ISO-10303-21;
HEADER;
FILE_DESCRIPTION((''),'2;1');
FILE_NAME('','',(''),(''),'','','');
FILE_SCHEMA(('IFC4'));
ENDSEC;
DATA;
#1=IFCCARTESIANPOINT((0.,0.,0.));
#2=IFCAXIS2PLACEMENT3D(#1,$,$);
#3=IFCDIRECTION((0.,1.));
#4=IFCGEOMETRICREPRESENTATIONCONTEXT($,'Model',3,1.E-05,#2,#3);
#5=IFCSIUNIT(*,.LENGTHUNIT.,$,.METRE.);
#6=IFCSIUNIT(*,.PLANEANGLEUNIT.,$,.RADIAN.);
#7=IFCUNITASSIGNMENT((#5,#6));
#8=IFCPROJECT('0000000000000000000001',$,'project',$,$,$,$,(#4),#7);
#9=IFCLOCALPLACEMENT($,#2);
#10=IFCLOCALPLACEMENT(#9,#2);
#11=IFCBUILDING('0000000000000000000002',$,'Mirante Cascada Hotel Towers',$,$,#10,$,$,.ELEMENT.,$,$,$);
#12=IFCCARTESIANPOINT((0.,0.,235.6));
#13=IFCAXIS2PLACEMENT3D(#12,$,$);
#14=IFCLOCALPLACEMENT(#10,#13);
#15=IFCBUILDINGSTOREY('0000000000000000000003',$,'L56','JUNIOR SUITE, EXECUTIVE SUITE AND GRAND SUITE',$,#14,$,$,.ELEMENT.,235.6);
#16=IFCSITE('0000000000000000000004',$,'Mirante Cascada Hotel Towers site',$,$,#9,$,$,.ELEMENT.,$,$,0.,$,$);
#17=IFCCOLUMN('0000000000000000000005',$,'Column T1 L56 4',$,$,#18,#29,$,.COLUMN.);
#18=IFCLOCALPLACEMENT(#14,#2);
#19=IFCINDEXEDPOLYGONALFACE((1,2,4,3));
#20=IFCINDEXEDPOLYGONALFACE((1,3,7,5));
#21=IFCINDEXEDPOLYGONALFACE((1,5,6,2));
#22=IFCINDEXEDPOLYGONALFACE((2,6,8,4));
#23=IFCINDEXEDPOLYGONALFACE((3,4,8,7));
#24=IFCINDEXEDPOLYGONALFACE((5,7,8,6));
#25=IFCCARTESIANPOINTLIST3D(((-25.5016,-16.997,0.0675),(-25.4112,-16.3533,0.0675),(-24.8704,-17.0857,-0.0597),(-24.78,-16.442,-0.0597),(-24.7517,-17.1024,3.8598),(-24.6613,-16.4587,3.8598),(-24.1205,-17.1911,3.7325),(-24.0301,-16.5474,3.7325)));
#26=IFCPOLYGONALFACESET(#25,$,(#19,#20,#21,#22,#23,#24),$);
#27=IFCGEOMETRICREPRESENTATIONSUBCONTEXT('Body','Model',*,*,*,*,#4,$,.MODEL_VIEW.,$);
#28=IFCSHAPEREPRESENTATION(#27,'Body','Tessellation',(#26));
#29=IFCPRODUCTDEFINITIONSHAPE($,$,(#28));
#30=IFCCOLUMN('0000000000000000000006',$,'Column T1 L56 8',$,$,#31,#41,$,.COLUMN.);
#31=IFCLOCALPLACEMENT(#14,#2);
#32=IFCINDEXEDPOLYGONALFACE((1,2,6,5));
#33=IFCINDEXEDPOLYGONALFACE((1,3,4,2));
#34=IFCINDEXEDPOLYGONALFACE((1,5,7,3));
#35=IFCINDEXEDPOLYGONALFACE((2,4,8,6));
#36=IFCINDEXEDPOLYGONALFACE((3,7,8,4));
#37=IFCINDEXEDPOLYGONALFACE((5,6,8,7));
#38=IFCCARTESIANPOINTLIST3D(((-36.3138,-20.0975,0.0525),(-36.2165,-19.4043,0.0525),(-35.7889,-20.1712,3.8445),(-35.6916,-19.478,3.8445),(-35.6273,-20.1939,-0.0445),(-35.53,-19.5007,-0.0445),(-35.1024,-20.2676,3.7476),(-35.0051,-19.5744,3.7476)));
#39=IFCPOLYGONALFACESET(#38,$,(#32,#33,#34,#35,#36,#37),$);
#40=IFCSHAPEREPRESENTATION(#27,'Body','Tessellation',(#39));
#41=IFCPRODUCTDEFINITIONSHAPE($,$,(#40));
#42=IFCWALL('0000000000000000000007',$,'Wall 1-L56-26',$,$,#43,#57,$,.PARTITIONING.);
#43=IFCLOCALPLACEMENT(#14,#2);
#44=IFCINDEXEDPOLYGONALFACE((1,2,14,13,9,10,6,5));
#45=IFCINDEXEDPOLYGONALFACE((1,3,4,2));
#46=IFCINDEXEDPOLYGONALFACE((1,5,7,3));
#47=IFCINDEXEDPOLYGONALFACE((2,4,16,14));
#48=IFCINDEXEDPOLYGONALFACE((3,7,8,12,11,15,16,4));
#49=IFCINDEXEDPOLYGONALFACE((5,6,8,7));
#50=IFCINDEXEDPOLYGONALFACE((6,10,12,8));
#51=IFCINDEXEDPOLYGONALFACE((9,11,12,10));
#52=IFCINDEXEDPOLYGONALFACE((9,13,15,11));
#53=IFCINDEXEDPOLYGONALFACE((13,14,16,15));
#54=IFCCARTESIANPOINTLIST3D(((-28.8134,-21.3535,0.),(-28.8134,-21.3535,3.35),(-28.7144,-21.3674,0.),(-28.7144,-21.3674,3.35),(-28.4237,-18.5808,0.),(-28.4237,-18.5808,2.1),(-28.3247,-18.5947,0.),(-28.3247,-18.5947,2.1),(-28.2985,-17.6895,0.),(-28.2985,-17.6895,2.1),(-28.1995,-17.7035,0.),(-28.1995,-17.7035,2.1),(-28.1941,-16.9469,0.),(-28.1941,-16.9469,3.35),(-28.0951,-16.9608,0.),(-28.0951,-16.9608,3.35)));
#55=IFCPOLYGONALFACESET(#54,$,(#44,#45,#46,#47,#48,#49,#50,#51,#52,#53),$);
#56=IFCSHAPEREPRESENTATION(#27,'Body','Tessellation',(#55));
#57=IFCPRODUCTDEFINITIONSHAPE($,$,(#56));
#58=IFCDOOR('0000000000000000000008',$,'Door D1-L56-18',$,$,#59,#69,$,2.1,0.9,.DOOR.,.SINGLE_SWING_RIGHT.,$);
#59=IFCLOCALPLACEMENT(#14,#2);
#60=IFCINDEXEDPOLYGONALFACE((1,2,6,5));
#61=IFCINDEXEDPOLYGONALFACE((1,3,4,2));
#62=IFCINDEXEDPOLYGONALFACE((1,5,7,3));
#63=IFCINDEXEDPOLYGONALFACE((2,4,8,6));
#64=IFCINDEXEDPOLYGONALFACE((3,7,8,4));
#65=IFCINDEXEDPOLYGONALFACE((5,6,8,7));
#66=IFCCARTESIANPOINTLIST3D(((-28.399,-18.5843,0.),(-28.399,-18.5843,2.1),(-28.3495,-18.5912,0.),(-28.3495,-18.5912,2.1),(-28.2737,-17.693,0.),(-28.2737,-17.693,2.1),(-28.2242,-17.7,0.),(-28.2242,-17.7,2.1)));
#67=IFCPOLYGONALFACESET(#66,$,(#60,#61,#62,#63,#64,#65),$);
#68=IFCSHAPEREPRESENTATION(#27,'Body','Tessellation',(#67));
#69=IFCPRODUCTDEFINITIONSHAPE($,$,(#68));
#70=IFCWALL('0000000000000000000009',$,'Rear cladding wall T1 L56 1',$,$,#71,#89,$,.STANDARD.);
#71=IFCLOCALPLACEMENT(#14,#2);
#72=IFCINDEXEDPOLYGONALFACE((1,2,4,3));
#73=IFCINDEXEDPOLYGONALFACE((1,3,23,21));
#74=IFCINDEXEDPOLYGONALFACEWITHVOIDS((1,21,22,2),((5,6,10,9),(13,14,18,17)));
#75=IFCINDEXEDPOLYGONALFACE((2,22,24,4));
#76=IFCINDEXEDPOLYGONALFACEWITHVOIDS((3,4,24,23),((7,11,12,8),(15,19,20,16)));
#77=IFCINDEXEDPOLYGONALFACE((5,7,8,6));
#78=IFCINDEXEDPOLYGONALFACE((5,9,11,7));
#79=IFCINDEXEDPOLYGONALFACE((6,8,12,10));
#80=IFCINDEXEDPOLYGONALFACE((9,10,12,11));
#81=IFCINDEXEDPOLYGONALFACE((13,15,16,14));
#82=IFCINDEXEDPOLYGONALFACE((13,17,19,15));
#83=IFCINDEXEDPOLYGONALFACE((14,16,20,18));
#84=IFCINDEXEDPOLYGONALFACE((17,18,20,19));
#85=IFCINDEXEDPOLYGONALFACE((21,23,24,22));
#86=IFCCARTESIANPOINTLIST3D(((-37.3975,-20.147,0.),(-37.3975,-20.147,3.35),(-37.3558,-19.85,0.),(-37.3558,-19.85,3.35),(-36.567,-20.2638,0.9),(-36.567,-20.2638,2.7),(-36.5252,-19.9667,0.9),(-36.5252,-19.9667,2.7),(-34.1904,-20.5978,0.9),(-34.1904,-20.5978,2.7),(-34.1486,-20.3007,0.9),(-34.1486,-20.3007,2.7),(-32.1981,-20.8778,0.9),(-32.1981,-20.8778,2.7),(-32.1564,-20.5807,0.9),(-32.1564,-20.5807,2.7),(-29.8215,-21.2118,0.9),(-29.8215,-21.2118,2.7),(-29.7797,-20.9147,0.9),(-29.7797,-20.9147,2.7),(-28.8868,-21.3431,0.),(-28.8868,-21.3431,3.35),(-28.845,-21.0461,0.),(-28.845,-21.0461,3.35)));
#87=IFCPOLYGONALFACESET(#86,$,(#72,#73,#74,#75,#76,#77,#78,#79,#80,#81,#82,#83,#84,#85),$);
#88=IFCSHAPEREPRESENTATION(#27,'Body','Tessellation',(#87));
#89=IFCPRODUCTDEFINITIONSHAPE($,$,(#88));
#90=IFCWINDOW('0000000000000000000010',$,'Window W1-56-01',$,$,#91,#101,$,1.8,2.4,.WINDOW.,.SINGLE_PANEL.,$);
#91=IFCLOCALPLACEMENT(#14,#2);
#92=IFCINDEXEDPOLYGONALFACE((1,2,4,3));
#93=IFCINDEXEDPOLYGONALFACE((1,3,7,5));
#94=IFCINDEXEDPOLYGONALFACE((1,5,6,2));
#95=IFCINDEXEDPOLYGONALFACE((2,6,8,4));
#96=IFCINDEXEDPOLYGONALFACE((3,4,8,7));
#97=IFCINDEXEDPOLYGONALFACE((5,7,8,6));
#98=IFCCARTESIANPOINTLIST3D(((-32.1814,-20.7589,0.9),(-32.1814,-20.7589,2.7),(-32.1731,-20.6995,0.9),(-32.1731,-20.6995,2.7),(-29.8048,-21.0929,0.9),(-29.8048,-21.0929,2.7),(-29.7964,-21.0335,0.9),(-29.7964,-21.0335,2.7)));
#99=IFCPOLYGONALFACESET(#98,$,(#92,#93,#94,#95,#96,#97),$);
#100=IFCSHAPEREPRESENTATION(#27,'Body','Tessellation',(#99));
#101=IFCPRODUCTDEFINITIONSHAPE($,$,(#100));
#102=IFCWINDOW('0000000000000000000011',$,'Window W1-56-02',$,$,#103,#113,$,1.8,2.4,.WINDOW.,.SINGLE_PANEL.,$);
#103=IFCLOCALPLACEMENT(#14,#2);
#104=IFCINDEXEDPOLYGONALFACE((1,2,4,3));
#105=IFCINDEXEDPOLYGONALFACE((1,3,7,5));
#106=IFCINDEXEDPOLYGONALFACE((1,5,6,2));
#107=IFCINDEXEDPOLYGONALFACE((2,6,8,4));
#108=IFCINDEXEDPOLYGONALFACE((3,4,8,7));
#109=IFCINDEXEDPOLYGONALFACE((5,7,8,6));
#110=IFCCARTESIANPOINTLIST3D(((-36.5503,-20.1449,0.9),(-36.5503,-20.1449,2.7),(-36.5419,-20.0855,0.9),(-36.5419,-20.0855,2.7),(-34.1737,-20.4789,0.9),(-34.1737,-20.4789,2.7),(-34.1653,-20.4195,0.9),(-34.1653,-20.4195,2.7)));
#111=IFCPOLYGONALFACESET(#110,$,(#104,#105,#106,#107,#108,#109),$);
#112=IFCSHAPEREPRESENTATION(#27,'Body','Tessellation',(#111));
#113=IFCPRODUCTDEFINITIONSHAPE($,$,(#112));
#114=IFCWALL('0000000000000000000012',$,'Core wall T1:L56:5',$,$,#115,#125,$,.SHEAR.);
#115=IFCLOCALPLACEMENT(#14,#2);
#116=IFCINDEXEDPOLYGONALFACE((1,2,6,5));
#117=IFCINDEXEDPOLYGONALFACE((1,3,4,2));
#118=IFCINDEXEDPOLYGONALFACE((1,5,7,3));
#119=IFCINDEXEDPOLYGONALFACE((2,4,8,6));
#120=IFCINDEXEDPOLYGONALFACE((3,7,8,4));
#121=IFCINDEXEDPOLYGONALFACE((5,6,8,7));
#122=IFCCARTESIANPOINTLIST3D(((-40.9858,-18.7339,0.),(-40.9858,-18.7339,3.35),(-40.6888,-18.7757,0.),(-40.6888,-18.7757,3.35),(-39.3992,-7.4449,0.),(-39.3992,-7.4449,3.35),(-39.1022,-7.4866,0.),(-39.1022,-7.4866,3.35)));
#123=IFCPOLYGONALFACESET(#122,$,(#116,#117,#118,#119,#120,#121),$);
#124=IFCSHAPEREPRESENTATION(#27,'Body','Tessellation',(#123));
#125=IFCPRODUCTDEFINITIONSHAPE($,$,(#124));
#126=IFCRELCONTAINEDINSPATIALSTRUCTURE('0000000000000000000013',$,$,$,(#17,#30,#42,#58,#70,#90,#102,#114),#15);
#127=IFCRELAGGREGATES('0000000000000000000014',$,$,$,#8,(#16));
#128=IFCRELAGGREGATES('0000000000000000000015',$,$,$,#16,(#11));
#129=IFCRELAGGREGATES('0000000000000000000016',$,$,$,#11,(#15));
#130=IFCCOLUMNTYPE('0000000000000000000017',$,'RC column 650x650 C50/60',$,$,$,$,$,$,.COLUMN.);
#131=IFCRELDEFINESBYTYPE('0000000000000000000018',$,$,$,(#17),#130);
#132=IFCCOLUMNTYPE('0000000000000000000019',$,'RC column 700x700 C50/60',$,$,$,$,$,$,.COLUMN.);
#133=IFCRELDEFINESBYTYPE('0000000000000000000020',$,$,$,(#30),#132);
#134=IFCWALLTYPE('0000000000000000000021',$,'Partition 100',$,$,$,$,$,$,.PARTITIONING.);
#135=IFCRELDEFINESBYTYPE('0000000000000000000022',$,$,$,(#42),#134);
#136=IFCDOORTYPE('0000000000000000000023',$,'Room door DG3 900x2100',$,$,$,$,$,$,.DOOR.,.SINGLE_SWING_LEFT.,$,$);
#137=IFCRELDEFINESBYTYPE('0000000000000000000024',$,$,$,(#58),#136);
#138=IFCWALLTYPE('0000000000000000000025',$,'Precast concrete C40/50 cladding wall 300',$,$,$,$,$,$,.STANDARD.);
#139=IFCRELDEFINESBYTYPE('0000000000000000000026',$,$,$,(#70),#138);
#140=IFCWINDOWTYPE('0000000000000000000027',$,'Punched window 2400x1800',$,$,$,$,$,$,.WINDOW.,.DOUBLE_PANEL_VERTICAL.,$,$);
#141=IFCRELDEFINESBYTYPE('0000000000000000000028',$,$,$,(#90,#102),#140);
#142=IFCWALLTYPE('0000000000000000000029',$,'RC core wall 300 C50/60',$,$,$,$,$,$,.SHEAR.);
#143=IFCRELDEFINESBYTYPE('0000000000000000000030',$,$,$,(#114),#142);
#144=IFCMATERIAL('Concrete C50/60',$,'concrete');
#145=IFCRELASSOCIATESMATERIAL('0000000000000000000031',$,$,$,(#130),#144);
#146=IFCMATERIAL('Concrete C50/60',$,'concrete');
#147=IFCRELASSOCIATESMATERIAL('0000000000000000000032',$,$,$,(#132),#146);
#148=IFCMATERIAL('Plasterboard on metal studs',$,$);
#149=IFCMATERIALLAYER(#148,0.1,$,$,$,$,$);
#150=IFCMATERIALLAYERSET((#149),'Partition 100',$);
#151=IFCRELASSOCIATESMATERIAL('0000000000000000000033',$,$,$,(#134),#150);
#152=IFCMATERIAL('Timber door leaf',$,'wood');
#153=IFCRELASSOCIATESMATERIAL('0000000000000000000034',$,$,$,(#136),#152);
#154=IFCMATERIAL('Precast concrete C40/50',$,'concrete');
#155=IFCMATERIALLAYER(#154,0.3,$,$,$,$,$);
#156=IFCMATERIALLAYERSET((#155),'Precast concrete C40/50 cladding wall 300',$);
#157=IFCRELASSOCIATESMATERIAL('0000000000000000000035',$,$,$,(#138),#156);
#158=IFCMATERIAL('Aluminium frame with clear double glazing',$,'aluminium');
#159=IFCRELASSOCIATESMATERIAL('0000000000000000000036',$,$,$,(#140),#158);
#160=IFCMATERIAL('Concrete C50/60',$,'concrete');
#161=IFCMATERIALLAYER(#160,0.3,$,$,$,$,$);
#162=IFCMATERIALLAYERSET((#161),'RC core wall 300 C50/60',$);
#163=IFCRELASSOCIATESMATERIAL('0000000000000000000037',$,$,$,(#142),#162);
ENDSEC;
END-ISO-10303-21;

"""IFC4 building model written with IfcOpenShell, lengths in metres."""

from ifc_helpers import new_model, si_unit, direction, frame, frame_2d, origin, origin_2d, place, context, subcontext, project, spatial, rectangle, extrude, material, layer, layer_set, material_profile, profile_set, type_object, element, fill, save


model = new_model("IFC4")

# Units and contexts
model_context = context("Model", 3, precision=1e-05, world=origin(), true_north=direction((0.0, 1.0)))
body_context = subcontext(model_context, "Body", "Model", "MODEL_VIEW")
ifc_project = project(units=[si_unit("LENGTHUNIT", "METRE"), si_unit("PLANEANGLEUNIT", "RADIAN")], contexts=[model_context])

# Site, building, storey
site_placement = place(None, origin())
site = spatial("IfcSite", under=ifc_project, at=site_placement, Name="Mirante Cascada Hotel Towers site", CompositionType="ELEMENT", RefElevation=0.0)
building_placement = place(site_placement, origin())
building = spatial("IfcBuilding", under=site, at=building_placement, Name="Mirante Cascada Hotel Towers", CompositionType="ELEMENT")
storey_placement = place(building_placement, frame((0.0, 0.0, 235.6)))
storey = spatial("IfcBuildingStorey", under=building, at=storey_placement, Name="L56", Description="JUNIOR SUITE, EXECUTIVE SUITE AND GRAND SUITE", CompositionType="ELEMENT", Elevation=235.6)

# Columns
ifc_material_1 = material(Name="Concrete C50/60", Category="concrete")
ifc_material_profile_1 = material_profile(ifc_material_1, rectangle(XDim=0.65, YDim=0.65, at=origin_2d()), Name="RC column 650x650 C50/60")
ifc_profile_set_1 = profile_set([ifc_material_profile_1], Name="Concrete C50/60")
column_type_1 = type_object("IfcColumnType", Name="RC column 650x650 C50/60", PredefinedType="COLUMN", material=ifc_profile_set_1)
column_1_placement = place(storey_placement, frame((-25.1408, -16.7195, 0.0039), z_axis=(0.193919, -0.027256, 0.980639), x_axis=(0.139184, 0.990267, 0.0)))
element("IfcColumn", 1, at=column_1_placement, inside=storey, type_object=column_type_1, Name="Column T1 L56 4", PredefinedType="COLUMN", context=body_context, shape_type="SweptSolid", body=[
    extrude(rectangle(XDim=0.65, YDim=0.65, at=origin_2d()), origin(), (0.0, 0.0, 1.0), 3.8671),
])
ifc_material_2 = material(Name="Concrete C50/60", Category="concrete")
ifc_material_profile_2 = material_profile(ifc_material_2, rectangle(XDim=0.7, YDim=0.7, at=origin_2d()), Name="RC column 700x700 C50/60")
ifc_profile_set_2 = profile_set([ifc_material_profile_2], Name="Concrete C50/60")
column_type_2 = type_object("IfcColumnType", Name="RC column 700x700 C50/60", PredefinedType="COLUMN", material=ifc_profile_set_2)
column_2_placement = place(storey_placement, frame((-35.9219, -19.7991, 0.004), z_axis=(0.13709, -0.019249, 0.990371), x_axis=(0.139044, 0.990286, 0.0)))
element("IfcColumn", 2, at=column_2_placement, inside=storey, type_object=column_type_2, Name="Column T1 L56 8", PredefinedType="COLUMN", context=body_context, shape_type="SweptSolid", body=[
    extrude(rectangle(XDim=0.7, YDim=0.7, at=origin_2d()), origin(), (0.0, 0.0, 1.0), 3.8289),
])

# Wall, opening, door
ifc_material_3 = material(Name="Plasterboard on metal studs")
ifc_layer_1 = layer(ifc_material_3, 0.1)
ifc_layer_set_1 = layer_set([ifc_layer_1], Name="Partition 100")
wall_type_1 = type_object("IfcWallType", Name="Partition 100", PredefinedType="PARTITIONING", material=ifc_layer_set_1)
wall_1_placement = place(storey_placement, frame((-28.1446, -16.9538, 0.0), z_axis=(0.0, 0.0, 1.0), x_axis=(-0.139172, -0.990268, 0.0)))
wall_1 = element("IfcWall", 3, at=wall_1_placement, inside=storey, type_object=wall_type_1, Name="Wall 1-L56-26", PredefinedType="PARTITIONING", context=body_context, shape_type="SweptSolid", body=[
    extrude(rectangle(XDim=4.4499, YDim=0.1, at=frame_2d((2.225, 0.0))), origin(), (0.0, 0.0, 1.0), 3.35),
])
opening_1_placement = place(wall_1_placement, frame((0.75, 0.0, 0.0)))
opening_1 = element("IfcOpeningElement", 4, at=opening_1_placement, cuts=wall_1, PredefinedType="OPENING", context=body_context, shape_type="SweptSolid", body=[
    extrude(rectangle(XDim=0.9, YDim=2.1, at=frame_2d((0.45, 1.05))), frame((0.0, 0.05, 0.0), z_axis=(0.0, -1.0, 0.0), x_axis=(1.0, 0.0, 0.0)), (0.0, 0.0, 1.0), 0.1),
])
ifc_material_4 = material(Name="Timber door leaf", Category="wood")
door_type_1 = type_object("IfcDoorType", Name="Room door DG3 900x2100", OperationType="SINGLE_SWING_LEFT", PredefinedType="DOOR", material=ifc_material_4)
door_1_placement = place(opening_1_placement, frame((0.9, 0.0, 0.0), z_axis=(0.0, 0.0, 1.0), x_axis=(-1.0, 0.0, 0.0)))
door_1 = element("IfcDoor", 5, at=door_1_placement, inside=storey, type_object=door_type_1, Name="Door D1-L56-18", OperationType="SINGLE_SWING_RIGHT", OverallHeight=2.1, OverallWidth=0.9, PredefinedType="DOOR", context=body_context, shape_type="SweptSolid", body=[
    extrude(rectangle(XDim=0.9, YDim=2.1, at=frame_2d((0.45, 1.05))), frame((0.0, 0.025, 0.0), z_axis=(0.0, -1.0, 0.0), x_axis=(1.0, 0.0, 0.0)), (0.0, 0.0, 1.0), 0.05),
])
fill(opening_1, door_1)

# Wall, openings, windows
ifc_material_5 = material(Name="Precast concrete C40/50", Category="concrete")
ifc_layer_2 = layer(ifc_material_5, 0.3)
ifc_layer_set_2 = layer_set([ifc_layer_2], Name="Precast concrete C40/50 cladding wall 300")
wall_type_2 = type_object("IfcWallType", Name="Precast concrete C40/50 cladding wall 300", PredefinedType="STANDARD", material=ifc_layer_set_2)
wall_2_placement = place(storey_placement, frame((-28.8659, -21.1946, 0.0), z_axis=(0.0, 0.0, 1.0), x_axis=(-0.990268, 0.139171, 0.0)))
wall_2 = element("IfcWall", 6, at=wall_2_placement, inside=storey, type_object=wall_type_2, Name="Rear cladding wall T1 L56 1", PredefinedType="STANDARD", context=body_context, shape_type="SweptSolid", body=[
    extrude(rectangle(XDim=8.5944, YDim=0.3, at=frame_2d((4.2972, 0.0))), origin(), (0.0, 0.0, 1.0), 3.35),
])
opening_2_placement = place(wall_2_placement, frame((0.9439, 0.0, 0.9)))
opening_2 = element("IfcOpeningElement", 7, at=opening_2_placement, cuts=wall_2, PredefinedType="OPENING", context=body_context, shape_type="SweptSolid", body=[
    extrude(rectangle(XDim=2.4, YDim=1.8, at=frame_2d((1.2, 0.9))), frame((0.0, 0.15, 0.0), z_axis=(0.0, -1.0, 0.0), x_axis=(1.0, 0.0, 0.0)), (0.0, 0.0, 1.0), 0.3),
])
opening_3_placement = place(wall_2_placement, frame((5.3557, 0.0, 0.9)))
opening_3 = element("IfcOpeningElement", 8, at=opening_3_placement, cuts=wall_2, PredefinedType="OPENING", context=body_context, shape_type="SweptSolid", body=[
    extrude(rectangle(XDim=2.4, YDim=1.8, at=frame_2d((1.2, 0.9))), frame((0.0, 0.15, 0.0), z_axis=(0.0, -1.0, 0.0), x_axis=(1.0, 0.0, 0.0)), (0.0, 0.0, 1.0), 0.3),
])
ifc_material_6 = material(Name="Aluminium frame with clear double glazing", Category="aluminium")
window_type = type_object("IfcWindowType", Name="Punched window 2400x1800", PartitioningType="DOUBLE_PANEL_VERTICAL", PredefinedType="WINDOW", material=ifc_material_6)
window_1_placement = place(opening_2_placement, origin())
window_1 = element("IfcWindow", 9, at=window_1_placement, inside=storey, type_object=window_type, Name="Window W1-56-01", OverallHeight=1.8, OverallWidth=2.4, PartitioningType="SINGLE_PANEL", PredefinedType="WINDOW", context=body_context, shape_type="SweptSolid", body=[
    extrude(rectangle(XDim=2.4, YDim=1.8, at=frame_2d((1.2, 0.9))), frame((0.0, 0.03, 0.0), z_axis=(0.0, -1.0, 0.0), x_axis=(1.0, 0.0, 0.0)), (0.0, 0.0, 1.0), 0.06),
])
fill(opening_2, window_1)
window_2_placement = place(opening_3_placement, origin())
window_2 = element("IfcWindow", 10, at=window_2_placement, inside=storey, type_object=window_type, Name="Window W1-56-02", OverallHeight=1.8, OverallWidth=2.4, PartitioningType="SINGLE_PANEL", PredefinedType="WINDOW", context=body_context, shape_type="SweptSolid", body=[
    extrude(rectangle(XDim=2.4, YDim=1.8, at=frame_2d((1.2, 0.9))), frame((0.0, 0.03, 0.0), z_axis=(0.0, -1.0, 0.0), x_axis=(1.0, 0.0, 0.0)), (0.0, 0.0, 1.0), 0.06),
])
fill(opening_3, window_2)

# Wall
ifc_material_7 = material(Name="Concrete C50/60", Category="concrete")
ifc_layer_3 = layer(ifc_material_7, 0.3)
ifc_layer_set_3 = layer_set([ifc_layer_3], Name="RC core wall 300 C50/60")
wall_type_3 = type_object("IfcWallType", Name="RC core wall 300 C50/60", PredefinedType="SHEAR", material=ifc_layer_set_3)
wall_3_placement = place(storey_placement, frame((-40.8373, -18.7548, 0.0), z_axis=(0.0, 0.0, 1.0), x_axis=(0.139175, 0.990268, 0.0)))
element("IfcWall", 11, at=wall_3_placement, inside=storey, type_object=wall_type_3, Name="Core wall T1:L56:5", PredefinedType="SHEAR", context=body_context, shape_type="SweptSolid", body=[
    extrude(rectangle(XDim=11.4, YDim=0.3, at=frame_2d((5.7, 0.0))), origin(), (0.0, 0.0, 1.0), 3.35),
])

save(model, "model.ifc")
